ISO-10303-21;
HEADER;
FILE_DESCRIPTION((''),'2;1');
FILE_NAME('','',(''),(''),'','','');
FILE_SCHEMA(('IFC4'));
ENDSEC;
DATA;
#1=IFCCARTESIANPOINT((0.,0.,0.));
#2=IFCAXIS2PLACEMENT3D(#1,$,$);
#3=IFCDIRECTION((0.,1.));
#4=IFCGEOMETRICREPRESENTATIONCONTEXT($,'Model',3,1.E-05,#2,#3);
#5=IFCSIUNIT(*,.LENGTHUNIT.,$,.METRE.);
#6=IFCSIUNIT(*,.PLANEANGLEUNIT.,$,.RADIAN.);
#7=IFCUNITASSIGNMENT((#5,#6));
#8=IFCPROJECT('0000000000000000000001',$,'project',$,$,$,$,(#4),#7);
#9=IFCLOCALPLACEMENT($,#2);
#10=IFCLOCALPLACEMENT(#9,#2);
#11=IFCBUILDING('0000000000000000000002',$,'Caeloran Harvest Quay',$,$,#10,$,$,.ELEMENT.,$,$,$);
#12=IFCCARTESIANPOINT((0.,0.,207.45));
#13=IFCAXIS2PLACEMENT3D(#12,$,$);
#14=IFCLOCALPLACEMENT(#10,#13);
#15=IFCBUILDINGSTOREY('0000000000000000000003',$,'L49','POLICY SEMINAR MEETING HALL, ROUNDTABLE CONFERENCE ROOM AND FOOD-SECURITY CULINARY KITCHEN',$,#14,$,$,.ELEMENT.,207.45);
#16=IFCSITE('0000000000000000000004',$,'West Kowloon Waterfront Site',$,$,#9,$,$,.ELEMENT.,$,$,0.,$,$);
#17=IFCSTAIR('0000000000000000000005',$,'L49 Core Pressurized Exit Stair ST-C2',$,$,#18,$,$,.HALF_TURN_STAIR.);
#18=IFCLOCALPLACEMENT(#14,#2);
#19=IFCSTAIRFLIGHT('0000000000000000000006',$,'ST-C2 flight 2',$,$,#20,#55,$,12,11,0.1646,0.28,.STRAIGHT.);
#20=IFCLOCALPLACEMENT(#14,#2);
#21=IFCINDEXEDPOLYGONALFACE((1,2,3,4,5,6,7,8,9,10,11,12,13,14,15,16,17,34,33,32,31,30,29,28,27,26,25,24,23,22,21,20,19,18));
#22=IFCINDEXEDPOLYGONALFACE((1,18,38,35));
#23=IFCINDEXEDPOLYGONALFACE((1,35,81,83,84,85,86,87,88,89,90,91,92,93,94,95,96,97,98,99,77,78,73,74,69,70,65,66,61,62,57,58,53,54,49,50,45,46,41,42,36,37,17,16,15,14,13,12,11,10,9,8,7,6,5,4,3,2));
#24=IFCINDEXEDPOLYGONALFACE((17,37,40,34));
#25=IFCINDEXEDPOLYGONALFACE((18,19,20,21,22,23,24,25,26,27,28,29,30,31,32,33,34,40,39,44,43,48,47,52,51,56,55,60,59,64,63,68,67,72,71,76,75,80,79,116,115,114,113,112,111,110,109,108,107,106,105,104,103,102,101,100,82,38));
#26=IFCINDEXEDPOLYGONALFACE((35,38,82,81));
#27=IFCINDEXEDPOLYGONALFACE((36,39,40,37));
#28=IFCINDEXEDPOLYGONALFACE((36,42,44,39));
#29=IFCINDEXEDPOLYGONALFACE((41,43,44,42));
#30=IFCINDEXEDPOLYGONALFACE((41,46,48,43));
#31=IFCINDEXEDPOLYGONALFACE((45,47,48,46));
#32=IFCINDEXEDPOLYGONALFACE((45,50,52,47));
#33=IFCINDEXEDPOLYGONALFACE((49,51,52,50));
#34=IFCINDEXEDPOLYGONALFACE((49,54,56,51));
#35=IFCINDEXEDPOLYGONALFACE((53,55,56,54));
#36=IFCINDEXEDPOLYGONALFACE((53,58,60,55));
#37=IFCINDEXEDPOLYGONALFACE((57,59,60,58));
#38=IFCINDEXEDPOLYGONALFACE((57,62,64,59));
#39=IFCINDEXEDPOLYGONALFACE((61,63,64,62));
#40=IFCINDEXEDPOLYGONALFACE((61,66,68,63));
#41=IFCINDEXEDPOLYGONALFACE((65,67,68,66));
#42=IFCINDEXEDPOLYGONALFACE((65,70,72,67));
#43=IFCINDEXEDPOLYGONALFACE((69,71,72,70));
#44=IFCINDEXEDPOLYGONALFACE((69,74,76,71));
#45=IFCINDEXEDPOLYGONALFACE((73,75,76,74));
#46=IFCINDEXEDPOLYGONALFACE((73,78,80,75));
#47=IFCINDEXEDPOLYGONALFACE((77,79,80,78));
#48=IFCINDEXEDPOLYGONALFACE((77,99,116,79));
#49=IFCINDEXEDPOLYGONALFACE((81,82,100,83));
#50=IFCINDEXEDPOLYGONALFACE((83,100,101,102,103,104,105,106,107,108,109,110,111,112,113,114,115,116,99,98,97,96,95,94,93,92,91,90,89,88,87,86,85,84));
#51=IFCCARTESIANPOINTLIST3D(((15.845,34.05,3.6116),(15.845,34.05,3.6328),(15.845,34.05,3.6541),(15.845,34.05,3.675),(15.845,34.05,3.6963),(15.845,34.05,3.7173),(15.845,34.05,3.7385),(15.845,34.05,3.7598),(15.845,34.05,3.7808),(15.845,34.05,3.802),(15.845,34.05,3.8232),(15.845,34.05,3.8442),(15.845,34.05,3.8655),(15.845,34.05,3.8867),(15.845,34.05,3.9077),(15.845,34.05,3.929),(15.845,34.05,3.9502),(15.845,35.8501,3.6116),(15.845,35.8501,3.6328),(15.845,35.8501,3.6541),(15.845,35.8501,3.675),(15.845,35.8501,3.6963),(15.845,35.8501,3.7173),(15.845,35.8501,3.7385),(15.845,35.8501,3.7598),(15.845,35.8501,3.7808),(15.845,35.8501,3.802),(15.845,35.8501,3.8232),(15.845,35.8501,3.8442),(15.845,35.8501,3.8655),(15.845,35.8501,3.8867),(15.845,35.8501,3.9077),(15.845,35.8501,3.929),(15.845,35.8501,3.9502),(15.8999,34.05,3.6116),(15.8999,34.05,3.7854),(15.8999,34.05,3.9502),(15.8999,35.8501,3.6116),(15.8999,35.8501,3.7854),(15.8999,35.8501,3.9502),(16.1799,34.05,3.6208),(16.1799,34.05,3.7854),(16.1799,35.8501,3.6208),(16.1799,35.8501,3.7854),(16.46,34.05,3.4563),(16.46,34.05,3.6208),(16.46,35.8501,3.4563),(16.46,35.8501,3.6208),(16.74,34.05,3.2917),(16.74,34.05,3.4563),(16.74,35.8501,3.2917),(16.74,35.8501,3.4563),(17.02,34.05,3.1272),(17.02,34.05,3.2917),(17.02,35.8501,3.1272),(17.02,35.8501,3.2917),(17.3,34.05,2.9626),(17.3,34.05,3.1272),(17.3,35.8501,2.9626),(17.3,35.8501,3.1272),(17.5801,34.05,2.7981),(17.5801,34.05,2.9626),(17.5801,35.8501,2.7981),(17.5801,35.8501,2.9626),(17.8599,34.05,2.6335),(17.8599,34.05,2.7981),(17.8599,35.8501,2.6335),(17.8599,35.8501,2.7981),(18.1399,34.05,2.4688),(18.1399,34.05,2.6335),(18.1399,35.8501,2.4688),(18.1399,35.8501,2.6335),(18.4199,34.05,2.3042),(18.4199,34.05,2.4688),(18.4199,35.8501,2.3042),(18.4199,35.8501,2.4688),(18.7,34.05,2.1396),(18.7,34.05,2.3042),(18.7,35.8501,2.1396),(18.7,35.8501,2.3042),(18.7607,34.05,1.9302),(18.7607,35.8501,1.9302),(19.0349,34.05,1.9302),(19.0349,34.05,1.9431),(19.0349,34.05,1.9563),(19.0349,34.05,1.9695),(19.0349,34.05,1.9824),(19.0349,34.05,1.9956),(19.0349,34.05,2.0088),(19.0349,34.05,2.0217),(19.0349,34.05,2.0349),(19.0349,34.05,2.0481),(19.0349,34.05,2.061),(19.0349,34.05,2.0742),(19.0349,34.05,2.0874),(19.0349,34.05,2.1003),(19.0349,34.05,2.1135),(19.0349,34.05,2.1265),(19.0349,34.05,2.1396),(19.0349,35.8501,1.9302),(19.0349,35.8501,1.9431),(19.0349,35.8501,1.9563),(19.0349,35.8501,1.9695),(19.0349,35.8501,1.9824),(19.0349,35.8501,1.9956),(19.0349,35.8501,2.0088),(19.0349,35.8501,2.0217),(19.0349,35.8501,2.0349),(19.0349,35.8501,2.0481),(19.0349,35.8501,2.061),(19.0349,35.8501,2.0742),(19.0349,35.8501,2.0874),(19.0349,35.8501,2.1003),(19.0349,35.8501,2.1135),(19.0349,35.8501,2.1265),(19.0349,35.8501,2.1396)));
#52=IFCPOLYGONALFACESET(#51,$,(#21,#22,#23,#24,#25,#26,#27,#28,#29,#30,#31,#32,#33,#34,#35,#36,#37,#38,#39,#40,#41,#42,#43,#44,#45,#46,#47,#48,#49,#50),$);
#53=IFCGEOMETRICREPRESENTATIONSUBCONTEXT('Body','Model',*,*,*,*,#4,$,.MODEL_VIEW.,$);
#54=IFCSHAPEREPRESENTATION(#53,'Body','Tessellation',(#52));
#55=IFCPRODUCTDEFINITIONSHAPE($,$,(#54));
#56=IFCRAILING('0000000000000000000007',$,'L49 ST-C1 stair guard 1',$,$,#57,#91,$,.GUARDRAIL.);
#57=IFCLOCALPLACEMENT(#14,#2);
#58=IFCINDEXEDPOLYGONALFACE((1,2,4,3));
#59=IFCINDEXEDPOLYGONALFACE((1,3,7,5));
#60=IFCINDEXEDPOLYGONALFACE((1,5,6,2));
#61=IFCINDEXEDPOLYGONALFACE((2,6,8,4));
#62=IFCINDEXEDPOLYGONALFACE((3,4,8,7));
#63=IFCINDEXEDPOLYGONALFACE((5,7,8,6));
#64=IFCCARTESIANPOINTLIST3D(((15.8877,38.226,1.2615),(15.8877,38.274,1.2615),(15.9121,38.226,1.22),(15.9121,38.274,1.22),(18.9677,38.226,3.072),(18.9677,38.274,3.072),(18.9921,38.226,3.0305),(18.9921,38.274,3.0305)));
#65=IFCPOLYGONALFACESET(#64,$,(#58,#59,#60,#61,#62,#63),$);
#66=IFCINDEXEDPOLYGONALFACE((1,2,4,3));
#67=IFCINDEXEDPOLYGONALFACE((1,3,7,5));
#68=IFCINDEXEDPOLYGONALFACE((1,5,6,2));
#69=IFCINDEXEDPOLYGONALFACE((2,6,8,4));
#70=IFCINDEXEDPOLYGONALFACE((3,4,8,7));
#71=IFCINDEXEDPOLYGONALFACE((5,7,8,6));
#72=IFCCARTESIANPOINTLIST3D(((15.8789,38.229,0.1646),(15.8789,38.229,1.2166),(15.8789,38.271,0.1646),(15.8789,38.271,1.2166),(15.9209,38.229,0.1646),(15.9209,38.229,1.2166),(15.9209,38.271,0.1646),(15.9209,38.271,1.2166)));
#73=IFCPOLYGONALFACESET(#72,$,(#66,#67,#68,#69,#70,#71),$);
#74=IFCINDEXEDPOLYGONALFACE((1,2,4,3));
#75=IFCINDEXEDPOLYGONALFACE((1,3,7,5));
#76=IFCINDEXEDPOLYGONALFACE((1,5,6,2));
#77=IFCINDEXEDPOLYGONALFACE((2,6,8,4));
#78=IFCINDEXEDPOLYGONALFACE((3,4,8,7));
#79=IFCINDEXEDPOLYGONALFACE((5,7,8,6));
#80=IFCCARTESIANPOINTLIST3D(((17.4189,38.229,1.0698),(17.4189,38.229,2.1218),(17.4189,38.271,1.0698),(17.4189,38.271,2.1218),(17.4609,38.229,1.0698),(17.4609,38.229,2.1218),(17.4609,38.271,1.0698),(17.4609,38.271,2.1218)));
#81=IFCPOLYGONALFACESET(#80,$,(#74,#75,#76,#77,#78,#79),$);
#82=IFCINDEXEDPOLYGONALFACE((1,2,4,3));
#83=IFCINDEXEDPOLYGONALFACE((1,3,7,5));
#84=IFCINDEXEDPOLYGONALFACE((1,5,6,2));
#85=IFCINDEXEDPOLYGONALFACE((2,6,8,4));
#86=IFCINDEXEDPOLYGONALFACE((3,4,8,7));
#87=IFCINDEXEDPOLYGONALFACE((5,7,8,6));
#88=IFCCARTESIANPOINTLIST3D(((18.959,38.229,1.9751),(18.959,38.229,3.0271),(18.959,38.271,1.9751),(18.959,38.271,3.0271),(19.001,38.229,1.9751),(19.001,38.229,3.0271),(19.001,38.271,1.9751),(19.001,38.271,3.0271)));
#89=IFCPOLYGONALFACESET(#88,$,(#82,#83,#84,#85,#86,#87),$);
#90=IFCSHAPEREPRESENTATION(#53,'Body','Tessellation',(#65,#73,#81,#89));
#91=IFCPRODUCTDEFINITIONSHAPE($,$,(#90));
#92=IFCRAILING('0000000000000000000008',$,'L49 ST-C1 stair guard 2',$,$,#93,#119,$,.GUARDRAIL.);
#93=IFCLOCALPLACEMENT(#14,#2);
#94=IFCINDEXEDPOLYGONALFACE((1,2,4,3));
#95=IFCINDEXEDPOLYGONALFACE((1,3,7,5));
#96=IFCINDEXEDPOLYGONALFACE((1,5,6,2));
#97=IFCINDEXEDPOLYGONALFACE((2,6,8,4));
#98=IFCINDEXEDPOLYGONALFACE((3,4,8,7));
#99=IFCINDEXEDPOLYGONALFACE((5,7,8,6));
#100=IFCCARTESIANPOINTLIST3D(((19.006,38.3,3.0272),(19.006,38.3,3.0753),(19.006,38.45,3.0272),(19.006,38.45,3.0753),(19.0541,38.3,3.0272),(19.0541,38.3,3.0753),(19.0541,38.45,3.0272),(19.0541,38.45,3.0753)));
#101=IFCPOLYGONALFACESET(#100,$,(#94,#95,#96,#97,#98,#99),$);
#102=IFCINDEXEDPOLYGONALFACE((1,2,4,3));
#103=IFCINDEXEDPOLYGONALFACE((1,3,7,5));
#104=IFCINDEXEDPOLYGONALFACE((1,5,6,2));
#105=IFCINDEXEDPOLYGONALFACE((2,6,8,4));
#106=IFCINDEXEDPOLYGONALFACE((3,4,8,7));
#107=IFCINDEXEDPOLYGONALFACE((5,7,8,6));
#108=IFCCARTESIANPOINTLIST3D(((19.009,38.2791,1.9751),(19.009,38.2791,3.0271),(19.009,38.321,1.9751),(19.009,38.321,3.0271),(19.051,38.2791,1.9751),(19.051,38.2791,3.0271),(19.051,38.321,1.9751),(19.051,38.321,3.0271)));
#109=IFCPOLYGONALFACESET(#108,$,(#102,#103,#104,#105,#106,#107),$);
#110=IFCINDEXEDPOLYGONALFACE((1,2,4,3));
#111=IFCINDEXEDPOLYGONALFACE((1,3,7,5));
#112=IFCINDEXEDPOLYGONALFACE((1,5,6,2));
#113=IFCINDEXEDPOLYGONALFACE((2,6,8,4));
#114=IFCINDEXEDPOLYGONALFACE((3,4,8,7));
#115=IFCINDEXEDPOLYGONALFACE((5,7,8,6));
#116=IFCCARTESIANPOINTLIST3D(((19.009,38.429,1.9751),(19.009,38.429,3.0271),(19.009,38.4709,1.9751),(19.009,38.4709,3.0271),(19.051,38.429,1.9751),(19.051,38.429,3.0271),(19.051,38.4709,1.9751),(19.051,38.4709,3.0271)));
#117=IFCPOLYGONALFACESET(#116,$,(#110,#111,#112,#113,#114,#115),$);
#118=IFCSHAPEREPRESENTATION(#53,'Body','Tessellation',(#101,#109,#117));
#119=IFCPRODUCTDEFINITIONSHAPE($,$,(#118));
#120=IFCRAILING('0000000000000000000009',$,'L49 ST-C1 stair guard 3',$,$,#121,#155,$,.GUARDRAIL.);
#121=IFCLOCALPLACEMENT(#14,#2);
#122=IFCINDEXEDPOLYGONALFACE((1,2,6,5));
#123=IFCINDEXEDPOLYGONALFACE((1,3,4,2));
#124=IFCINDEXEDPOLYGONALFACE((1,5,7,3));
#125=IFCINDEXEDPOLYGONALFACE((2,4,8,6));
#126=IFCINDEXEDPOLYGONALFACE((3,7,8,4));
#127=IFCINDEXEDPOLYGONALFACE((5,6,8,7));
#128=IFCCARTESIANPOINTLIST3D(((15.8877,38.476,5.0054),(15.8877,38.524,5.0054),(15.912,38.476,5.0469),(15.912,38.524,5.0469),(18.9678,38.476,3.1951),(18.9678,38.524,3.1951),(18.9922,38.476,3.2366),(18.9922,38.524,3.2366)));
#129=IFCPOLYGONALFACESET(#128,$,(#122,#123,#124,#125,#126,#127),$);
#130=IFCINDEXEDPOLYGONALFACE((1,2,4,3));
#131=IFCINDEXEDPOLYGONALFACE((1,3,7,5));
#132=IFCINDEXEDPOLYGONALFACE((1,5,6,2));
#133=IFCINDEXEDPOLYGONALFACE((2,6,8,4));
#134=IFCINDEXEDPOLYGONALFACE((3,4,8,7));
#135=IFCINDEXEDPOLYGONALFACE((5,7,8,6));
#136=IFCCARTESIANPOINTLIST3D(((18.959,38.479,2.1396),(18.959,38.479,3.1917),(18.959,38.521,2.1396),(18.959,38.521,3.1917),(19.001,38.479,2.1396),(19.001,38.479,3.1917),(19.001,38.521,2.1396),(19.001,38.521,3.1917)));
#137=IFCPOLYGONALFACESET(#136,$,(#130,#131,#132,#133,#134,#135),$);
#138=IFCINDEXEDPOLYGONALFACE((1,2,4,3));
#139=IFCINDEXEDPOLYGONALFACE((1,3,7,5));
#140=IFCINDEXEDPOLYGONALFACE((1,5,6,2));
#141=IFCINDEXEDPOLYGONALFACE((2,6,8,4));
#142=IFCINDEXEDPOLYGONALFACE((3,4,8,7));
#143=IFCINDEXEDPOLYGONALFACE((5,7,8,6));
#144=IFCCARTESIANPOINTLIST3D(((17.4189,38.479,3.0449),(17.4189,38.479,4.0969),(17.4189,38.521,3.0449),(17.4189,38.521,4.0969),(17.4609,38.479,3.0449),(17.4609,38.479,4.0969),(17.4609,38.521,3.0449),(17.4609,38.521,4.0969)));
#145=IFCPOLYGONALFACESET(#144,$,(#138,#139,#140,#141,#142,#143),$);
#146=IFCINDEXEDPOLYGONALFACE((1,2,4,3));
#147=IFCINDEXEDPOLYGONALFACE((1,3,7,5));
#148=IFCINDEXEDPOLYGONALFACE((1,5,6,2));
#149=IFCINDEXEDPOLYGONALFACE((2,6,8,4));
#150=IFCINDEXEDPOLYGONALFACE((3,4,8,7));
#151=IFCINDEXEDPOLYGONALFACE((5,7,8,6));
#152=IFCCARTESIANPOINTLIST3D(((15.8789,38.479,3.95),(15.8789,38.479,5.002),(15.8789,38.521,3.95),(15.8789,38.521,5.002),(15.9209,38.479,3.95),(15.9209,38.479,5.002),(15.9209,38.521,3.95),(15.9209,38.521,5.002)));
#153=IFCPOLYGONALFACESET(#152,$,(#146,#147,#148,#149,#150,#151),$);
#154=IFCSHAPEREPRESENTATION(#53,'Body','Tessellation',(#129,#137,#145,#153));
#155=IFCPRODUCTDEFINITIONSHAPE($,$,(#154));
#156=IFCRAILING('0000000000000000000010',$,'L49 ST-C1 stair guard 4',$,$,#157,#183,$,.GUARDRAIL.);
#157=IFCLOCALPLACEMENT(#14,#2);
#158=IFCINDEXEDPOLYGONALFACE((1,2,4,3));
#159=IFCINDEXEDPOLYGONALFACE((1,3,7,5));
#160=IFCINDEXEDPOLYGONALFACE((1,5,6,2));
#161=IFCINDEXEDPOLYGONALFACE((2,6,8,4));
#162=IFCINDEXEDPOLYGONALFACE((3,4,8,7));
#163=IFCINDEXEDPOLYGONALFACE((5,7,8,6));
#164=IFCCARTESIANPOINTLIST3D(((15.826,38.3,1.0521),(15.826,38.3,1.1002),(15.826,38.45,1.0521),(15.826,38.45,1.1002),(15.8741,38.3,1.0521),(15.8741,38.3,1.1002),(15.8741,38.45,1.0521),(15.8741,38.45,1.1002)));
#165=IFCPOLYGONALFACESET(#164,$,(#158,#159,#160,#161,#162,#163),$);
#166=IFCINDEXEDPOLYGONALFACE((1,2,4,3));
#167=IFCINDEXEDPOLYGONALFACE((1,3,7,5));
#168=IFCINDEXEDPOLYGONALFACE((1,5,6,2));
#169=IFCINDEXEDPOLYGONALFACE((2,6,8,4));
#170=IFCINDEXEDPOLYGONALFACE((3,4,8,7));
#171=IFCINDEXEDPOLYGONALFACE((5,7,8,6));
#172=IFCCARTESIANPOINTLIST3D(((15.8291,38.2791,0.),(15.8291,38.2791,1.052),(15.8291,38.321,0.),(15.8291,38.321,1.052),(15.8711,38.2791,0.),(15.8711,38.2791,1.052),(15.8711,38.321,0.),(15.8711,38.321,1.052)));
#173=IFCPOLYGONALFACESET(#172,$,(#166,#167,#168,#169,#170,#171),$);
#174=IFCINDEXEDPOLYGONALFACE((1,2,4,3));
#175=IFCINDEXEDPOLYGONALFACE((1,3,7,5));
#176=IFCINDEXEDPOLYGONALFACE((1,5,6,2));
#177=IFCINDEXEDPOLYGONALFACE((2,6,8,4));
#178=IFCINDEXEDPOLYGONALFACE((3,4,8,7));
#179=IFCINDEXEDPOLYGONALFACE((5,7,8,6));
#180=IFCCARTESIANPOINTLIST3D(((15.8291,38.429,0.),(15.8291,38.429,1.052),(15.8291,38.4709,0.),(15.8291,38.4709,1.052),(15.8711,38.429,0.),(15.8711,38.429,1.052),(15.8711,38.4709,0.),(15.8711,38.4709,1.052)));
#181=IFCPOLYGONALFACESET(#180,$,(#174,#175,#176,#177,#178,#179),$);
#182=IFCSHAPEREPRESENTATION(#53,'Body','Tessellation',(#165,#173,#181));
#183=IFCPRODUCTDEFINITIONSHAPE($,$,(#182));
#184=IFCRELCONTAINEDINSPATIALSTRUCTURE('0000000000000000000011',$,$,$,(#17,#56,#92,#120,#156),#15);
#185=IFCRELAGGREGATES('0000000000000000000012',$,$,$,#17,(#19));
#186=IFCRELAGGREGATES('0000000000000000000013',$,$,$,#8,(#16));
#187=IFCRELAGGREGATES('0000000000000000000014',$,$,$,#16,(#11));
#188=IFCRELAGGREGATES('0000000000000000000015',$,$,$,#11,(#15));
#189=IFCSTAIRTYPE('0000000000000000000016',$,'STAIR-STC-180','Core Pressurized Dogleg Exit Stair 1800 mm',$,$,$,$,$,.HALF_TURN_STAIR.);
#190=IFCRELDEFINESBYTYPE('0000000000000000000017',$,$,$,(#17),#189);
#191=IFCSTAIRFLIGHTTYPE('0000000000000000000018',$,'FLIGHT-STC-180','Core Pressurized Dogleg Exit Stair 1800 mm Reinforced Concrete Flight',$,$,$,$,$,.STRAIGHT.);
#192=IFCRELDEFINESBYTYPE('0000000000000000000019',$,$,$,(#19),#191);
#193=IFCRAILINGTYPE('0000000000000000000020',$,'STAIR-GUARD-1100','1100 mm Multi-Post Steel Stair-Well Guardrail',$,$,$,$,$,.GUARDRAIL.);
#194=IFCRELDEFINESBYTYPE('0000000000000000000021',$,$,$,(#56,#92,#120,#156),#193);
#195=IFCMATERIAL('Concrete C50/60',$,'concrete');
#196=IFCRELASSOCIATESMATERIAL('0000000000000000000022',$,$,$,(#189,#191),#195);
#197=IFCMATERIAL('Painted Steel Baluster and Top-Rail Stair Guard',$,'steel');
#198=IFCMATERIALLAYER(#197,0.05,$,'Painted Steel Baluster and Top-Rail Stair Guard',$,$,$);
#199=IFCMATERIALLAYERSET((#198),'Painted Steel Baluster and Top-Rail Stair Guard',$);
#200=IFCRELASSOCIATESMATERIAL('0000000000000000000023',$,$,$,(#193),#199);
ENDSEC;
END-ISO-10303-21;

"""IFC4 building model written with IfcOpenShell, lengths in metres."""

from ifc_helpers import new_model, si_unit, direction, frame, origin, origin_2d, place, context, subcontext, project, spatial, polyline, rectangle, outline, extrude, material, layer, layer_set, type_object, element, aggregate, save


model = new_model("IFC4")

# Units and contexts
model_context = context("Model", 3, precision=1e-05, world=origin(), true_north=direction((0.0, 1.0)))
body_context = subcontext(model_context, "Body", "Model", "MODEL_VIEW")
ifc_project = project(units=[si_unit("LENGTHUNIT", "METRE"), si_unit("PLANEANGLEUNIT", "RADIAN")], contexts=[model_context])

# Site, building, storey
site_placement = place(None, origin())
site = spatial("IfcSite", under=ifc_project, at=site_placement, Name="West Kowloon Waterfront Site", CompositionType="ELEMENT", RefElevation=0.0)
building_placement = place(site_placement, origin())
building = spatial("IfcBuilding", under=site, at=building_placement, Name="Caeloran Harvest Quay", CompositionType="ELEMENT")
storey_placement = place(building_placement, frame((0.0, 0.0, 207.45)))
storey = spatial("IfcBuildingStorey", under=building, at=storey_placement, Name="L49", Description="POLICY SEMINAR MEETING HALL, ROUNDTABLE CONFERENCE ROOM AND FOOD-SECURITY CULINARY KITCHEN", CompositionType="ELEMENT", Elevation=207.45)

# Shared definitions
ifc_material_1 = material(Name="Concrete C50/60", Category="concrete")

# Stair, stair flight
stair_type = type_object("IfcStairType", Name="STAIR-STC-180", Description="Core Pressurized Dogleg Exit Stair 1800 mm", PredefinedType="HALF_TURN_STAIR", material=ifc_material_1)
stair_flight_type = type_object("IfcStairFlightType", Name="FLIGHT-STC-180", Description="Core Pressurized Dogleg Exit Stair 1800 mm Reinforced Concrete Flight", PredefinedType="STRAIGHT", material=ifc_material_1)
stair_1_placement = place(storey_placement, origin())
stair_1 = element("IfcStair", 1, at=stair_1_placement, inside=storey, type_object=stair_type, Name="L49 Core Pressurized Exit Stair ST-C2", PredefinedType="HALF_TURN_STAIR")
stair_flight_1_placement = place(storey_placement, frame((18.98, 34.95, 1.9751), z_axis=(0.0, 0.0, 1.0), x_axis=(-1.0, 0.0, 0.0)))
stair_flight_1 = element("IfcStairFlight", 2, at=stair_flight_1_placement, type_object=stair_flight_type, Name="ST-C2 flight 2", NumberOfRisers=12, NumberOfTreads=11, PredefinedType="STRAIGHT", RiserHeight=0.1646, TreadLength=0.28, context=body_context, shape_type="SweptSolid", body=[
    extrude(outline(polyline([(-0.0549, -0.0449), (-0.0549, -0.032), (-0.0549, -0.0188), (-0.0549, -0.0056), (-0.0549, 0.0073), (-0.0549, 0.0205), (-0.0549, 0.0337), (-0.0549, 0.0466), (-0.0549, 0.0598), (-0.0549, 0.073), (-0.0549, 0.0859), (-0.0549, 0.0991), (-0.0549, 0.1123), (-0.0549, 0.1252), (-0.0549, 0.1384), (-0.0549, 0.1514), (-0.0549, 0.1646), (0.28, 0.1646), (0.28, 0.3291), (0.5601, 0.3291), (0.5601, 0.4937), (0.8401, 0.4937), (0.8401, 0.6584), (1.1201, 0.6584), (1.1201, 0.823), (1.3999, 0.823), (1.3999, 0.9875), (1.6799, 0.9875), (1.6799, 1.1521), (1.96, 1.1521), (1.96, 1.3167), (2.24, 1.3167), (2.24, 1.4812), (2.52, 1.4812), (2.52, 1.6458), (2.8, 1.6458), (2.8, 1.8103), (3.0801, 1.8103), (3.0801, 1.9751), (3.135, 1.9751), (3.135, 1.9539), (3.135, 1.9326), (3.135, 1.9116), (3.135, 1.8904), (3.135, 1.8691), (3.135, 1.8481), (3.135, 1.8269), (3.135, 1.8057), (3.135, 1.7847), (3.135, 1.7634), (3.135, 1.7422), (3.135, 1.7212), (3.135, 1.7), (3.135, 1.679), (3.135, 1.6577), (3.135, 1.6365), (3.0801, 1.6365), (0.2192, -0.0449), (-0.0549, -0.0449)])), frame((0.0, 0.8999, 0.0), z_axis=(0.0, -1.0, 0.0), x_axis=(1.0, 0.0, 0.0)), (0.0, 0.0, 1.0), 1.8),
])
aggregate(stair_1, [stair_flight_1])

# Railings
ifc_material_2 = material(Name="Painted Steel Baluster and Top-Rail Stair Guard", Category="steel")
ifc_layer_1 = layer(ifc_material_2, 0.05, Name="Painted Steel Baluster and Top-Rail Stair Guard")
ifc_layer_set_1 = layer_set([ifc_layer_1], Name="Painted Steel Baluster and Top-Rail Stair Guard")
railing_type_1 = type_object("IfcRailingType", Name="STAIR-GUARD-1100", Description="1100 mm Multi-Post Steel Stair-Well Guardrail", PredefinedType="GUARDRAIL", material=ifc_layer_set_1)
railing_1_placement = place(storey_placement, frame((15.8999, 38.25, 0.1646)))
element("IfcRailing", 3, at=railing_1_placement, inside=storey, type_object=railing_type_1, Name="L49 ST-C1 stair guard 1", PredefinedType="GUARDRAIL", context=body_context, shape_type="SweptSolid", body=[
    extrude(rectangle(XDim=0.0481, YDim=0.0481, at=origin_2d()), frame((0.0, 0.0, 1.0762), z_axis=(0.862089, 0.0, 0.506757), x_axis=(0.0, 1.0, 0.0)), (0.0, 0.0, 1.0), 3.5728),
    extrude(rectangle(XDim=0.042, YDim=0.042, at=origin_2d()), origin(), (0.0, 0.0, 1.0), 1.052),
    extrude(rectangle(XDim=0.042, YDim=0.042, at=origin_2d()), frame((1.54, 0.0, 0.9053)), (0.0, 0.0, 1.0), 1.052),
    extrude(rectangle(XDim=0.042, YDim=0.042, at=origin_2d()), frame((3.0801, 0.0, 1.8105)), (0.0, 0.0, 1.0), 1.052),
])
railing_2_placement = place(storey_placement, frame((19.03, 38.3, 1.9751)))
element("IfcRailing", 4, at=railing_2_placement, inside=storey, type_object=railing_type_1, Name="L49 ST-C1 stair guard 2", PredefinedType="GUARDRAIL", context=body_context, shape_type="SweptSolid", body=[
    extrude(rectangle(XDim=0.0481, YDim=0.0481, at=origin_2d()), frame((0.0, 0.0, 1.0762), z_axis=(0.0, 1.0, 0.0), x_axis=(-1.0, 0.0, 0.0)), (0.0, 0.0, 1.0), 0.1499),
    extrude(rectangle(XDim=0.042, YDim=0.042, at=origin_2d()), origin(), (0.0, 0.0, 1.0), 1.052),
    extrude(rectangle(XDim=0.042, YDim=0.042, at=origin_2d()), frame((0.0, 0.1499, 0.0)), (0.0, 0.0, 1.0), 1.052),
])
railing_3_placement = place(storey_placement, frame((18.98, 38.5, 2.1396)))
element("IfcRailing", 5, at=railing_3_placement, inside=storey, type_object=railing_type_1, Name="L49 ST-C1 stair guard 3", PredefinedType="GUARDRAIL", context=body_context, shape_type="SweptSolid", body=[
    extrude(rectangle(XDim=0.0481, YDim=0.0481, at=origin_2d()), frame((0.0, 0.0, 1.0762), z_axis=(-0.862119, 0.0, 0.506707), x_axis=(0.0, -1.0, 0.0)), (0.0, 0.0, 1.0), 3.5728),
    extrude(rectangle(XDim=0.042, YDim=0.042, at=origin_2d()), origin(), (0.0, 0.0, 1.0), 1.052),
    extrude(rectangle(XDim=0.042, YDim=0.042, at=origin_2d()), frame((-1.54, 0.0, 0.9053)), (0.0, 0.0, 1.0), 1.052),
    extrude(rectangle(XDim=0.042, YDim=0.042, at=origin_2d()), frame((-3.0801, 0.0, 1.8103)), (0.0, 0.0, 1.0), 1.052),
])
railing_4_placement = place(storey_placement, frame((15.8501, 38.3, 0.0)))
element("IfcRailing", 6, at=railing_4_placement, inside=storey, type_object=railing_type_1, Name="L49 ST-C1 stair guard 4", PredefinedType="GUARDRAIL", context=body_context, shape_type="SweptSolid", body=[
    extrude(rectangle(XDim=0.0481, YDim=0.0481, at=origin_2d()), frame((0.0, 0.0, 1.0762), z_axis=(0.0, 1.0, 0.0), x_axis=(-1.0, 0.0, 0.0)), (0.0, 0.0, 1.0), 0.1499),
    extrude(rectangle(XDim=0.042, YDim=0.042, at=origin_2d()), origin(), (0.0, 0.0, 1.0), 1.052),
    extrude(rectangle(XDim=0.042, YDim=0.042, at=origin_2d()), frame((0.0, 0.1499, 0.0)), (0.0, 0.0, 1.0), 1.052),
])

save(model, "model.ifc")
